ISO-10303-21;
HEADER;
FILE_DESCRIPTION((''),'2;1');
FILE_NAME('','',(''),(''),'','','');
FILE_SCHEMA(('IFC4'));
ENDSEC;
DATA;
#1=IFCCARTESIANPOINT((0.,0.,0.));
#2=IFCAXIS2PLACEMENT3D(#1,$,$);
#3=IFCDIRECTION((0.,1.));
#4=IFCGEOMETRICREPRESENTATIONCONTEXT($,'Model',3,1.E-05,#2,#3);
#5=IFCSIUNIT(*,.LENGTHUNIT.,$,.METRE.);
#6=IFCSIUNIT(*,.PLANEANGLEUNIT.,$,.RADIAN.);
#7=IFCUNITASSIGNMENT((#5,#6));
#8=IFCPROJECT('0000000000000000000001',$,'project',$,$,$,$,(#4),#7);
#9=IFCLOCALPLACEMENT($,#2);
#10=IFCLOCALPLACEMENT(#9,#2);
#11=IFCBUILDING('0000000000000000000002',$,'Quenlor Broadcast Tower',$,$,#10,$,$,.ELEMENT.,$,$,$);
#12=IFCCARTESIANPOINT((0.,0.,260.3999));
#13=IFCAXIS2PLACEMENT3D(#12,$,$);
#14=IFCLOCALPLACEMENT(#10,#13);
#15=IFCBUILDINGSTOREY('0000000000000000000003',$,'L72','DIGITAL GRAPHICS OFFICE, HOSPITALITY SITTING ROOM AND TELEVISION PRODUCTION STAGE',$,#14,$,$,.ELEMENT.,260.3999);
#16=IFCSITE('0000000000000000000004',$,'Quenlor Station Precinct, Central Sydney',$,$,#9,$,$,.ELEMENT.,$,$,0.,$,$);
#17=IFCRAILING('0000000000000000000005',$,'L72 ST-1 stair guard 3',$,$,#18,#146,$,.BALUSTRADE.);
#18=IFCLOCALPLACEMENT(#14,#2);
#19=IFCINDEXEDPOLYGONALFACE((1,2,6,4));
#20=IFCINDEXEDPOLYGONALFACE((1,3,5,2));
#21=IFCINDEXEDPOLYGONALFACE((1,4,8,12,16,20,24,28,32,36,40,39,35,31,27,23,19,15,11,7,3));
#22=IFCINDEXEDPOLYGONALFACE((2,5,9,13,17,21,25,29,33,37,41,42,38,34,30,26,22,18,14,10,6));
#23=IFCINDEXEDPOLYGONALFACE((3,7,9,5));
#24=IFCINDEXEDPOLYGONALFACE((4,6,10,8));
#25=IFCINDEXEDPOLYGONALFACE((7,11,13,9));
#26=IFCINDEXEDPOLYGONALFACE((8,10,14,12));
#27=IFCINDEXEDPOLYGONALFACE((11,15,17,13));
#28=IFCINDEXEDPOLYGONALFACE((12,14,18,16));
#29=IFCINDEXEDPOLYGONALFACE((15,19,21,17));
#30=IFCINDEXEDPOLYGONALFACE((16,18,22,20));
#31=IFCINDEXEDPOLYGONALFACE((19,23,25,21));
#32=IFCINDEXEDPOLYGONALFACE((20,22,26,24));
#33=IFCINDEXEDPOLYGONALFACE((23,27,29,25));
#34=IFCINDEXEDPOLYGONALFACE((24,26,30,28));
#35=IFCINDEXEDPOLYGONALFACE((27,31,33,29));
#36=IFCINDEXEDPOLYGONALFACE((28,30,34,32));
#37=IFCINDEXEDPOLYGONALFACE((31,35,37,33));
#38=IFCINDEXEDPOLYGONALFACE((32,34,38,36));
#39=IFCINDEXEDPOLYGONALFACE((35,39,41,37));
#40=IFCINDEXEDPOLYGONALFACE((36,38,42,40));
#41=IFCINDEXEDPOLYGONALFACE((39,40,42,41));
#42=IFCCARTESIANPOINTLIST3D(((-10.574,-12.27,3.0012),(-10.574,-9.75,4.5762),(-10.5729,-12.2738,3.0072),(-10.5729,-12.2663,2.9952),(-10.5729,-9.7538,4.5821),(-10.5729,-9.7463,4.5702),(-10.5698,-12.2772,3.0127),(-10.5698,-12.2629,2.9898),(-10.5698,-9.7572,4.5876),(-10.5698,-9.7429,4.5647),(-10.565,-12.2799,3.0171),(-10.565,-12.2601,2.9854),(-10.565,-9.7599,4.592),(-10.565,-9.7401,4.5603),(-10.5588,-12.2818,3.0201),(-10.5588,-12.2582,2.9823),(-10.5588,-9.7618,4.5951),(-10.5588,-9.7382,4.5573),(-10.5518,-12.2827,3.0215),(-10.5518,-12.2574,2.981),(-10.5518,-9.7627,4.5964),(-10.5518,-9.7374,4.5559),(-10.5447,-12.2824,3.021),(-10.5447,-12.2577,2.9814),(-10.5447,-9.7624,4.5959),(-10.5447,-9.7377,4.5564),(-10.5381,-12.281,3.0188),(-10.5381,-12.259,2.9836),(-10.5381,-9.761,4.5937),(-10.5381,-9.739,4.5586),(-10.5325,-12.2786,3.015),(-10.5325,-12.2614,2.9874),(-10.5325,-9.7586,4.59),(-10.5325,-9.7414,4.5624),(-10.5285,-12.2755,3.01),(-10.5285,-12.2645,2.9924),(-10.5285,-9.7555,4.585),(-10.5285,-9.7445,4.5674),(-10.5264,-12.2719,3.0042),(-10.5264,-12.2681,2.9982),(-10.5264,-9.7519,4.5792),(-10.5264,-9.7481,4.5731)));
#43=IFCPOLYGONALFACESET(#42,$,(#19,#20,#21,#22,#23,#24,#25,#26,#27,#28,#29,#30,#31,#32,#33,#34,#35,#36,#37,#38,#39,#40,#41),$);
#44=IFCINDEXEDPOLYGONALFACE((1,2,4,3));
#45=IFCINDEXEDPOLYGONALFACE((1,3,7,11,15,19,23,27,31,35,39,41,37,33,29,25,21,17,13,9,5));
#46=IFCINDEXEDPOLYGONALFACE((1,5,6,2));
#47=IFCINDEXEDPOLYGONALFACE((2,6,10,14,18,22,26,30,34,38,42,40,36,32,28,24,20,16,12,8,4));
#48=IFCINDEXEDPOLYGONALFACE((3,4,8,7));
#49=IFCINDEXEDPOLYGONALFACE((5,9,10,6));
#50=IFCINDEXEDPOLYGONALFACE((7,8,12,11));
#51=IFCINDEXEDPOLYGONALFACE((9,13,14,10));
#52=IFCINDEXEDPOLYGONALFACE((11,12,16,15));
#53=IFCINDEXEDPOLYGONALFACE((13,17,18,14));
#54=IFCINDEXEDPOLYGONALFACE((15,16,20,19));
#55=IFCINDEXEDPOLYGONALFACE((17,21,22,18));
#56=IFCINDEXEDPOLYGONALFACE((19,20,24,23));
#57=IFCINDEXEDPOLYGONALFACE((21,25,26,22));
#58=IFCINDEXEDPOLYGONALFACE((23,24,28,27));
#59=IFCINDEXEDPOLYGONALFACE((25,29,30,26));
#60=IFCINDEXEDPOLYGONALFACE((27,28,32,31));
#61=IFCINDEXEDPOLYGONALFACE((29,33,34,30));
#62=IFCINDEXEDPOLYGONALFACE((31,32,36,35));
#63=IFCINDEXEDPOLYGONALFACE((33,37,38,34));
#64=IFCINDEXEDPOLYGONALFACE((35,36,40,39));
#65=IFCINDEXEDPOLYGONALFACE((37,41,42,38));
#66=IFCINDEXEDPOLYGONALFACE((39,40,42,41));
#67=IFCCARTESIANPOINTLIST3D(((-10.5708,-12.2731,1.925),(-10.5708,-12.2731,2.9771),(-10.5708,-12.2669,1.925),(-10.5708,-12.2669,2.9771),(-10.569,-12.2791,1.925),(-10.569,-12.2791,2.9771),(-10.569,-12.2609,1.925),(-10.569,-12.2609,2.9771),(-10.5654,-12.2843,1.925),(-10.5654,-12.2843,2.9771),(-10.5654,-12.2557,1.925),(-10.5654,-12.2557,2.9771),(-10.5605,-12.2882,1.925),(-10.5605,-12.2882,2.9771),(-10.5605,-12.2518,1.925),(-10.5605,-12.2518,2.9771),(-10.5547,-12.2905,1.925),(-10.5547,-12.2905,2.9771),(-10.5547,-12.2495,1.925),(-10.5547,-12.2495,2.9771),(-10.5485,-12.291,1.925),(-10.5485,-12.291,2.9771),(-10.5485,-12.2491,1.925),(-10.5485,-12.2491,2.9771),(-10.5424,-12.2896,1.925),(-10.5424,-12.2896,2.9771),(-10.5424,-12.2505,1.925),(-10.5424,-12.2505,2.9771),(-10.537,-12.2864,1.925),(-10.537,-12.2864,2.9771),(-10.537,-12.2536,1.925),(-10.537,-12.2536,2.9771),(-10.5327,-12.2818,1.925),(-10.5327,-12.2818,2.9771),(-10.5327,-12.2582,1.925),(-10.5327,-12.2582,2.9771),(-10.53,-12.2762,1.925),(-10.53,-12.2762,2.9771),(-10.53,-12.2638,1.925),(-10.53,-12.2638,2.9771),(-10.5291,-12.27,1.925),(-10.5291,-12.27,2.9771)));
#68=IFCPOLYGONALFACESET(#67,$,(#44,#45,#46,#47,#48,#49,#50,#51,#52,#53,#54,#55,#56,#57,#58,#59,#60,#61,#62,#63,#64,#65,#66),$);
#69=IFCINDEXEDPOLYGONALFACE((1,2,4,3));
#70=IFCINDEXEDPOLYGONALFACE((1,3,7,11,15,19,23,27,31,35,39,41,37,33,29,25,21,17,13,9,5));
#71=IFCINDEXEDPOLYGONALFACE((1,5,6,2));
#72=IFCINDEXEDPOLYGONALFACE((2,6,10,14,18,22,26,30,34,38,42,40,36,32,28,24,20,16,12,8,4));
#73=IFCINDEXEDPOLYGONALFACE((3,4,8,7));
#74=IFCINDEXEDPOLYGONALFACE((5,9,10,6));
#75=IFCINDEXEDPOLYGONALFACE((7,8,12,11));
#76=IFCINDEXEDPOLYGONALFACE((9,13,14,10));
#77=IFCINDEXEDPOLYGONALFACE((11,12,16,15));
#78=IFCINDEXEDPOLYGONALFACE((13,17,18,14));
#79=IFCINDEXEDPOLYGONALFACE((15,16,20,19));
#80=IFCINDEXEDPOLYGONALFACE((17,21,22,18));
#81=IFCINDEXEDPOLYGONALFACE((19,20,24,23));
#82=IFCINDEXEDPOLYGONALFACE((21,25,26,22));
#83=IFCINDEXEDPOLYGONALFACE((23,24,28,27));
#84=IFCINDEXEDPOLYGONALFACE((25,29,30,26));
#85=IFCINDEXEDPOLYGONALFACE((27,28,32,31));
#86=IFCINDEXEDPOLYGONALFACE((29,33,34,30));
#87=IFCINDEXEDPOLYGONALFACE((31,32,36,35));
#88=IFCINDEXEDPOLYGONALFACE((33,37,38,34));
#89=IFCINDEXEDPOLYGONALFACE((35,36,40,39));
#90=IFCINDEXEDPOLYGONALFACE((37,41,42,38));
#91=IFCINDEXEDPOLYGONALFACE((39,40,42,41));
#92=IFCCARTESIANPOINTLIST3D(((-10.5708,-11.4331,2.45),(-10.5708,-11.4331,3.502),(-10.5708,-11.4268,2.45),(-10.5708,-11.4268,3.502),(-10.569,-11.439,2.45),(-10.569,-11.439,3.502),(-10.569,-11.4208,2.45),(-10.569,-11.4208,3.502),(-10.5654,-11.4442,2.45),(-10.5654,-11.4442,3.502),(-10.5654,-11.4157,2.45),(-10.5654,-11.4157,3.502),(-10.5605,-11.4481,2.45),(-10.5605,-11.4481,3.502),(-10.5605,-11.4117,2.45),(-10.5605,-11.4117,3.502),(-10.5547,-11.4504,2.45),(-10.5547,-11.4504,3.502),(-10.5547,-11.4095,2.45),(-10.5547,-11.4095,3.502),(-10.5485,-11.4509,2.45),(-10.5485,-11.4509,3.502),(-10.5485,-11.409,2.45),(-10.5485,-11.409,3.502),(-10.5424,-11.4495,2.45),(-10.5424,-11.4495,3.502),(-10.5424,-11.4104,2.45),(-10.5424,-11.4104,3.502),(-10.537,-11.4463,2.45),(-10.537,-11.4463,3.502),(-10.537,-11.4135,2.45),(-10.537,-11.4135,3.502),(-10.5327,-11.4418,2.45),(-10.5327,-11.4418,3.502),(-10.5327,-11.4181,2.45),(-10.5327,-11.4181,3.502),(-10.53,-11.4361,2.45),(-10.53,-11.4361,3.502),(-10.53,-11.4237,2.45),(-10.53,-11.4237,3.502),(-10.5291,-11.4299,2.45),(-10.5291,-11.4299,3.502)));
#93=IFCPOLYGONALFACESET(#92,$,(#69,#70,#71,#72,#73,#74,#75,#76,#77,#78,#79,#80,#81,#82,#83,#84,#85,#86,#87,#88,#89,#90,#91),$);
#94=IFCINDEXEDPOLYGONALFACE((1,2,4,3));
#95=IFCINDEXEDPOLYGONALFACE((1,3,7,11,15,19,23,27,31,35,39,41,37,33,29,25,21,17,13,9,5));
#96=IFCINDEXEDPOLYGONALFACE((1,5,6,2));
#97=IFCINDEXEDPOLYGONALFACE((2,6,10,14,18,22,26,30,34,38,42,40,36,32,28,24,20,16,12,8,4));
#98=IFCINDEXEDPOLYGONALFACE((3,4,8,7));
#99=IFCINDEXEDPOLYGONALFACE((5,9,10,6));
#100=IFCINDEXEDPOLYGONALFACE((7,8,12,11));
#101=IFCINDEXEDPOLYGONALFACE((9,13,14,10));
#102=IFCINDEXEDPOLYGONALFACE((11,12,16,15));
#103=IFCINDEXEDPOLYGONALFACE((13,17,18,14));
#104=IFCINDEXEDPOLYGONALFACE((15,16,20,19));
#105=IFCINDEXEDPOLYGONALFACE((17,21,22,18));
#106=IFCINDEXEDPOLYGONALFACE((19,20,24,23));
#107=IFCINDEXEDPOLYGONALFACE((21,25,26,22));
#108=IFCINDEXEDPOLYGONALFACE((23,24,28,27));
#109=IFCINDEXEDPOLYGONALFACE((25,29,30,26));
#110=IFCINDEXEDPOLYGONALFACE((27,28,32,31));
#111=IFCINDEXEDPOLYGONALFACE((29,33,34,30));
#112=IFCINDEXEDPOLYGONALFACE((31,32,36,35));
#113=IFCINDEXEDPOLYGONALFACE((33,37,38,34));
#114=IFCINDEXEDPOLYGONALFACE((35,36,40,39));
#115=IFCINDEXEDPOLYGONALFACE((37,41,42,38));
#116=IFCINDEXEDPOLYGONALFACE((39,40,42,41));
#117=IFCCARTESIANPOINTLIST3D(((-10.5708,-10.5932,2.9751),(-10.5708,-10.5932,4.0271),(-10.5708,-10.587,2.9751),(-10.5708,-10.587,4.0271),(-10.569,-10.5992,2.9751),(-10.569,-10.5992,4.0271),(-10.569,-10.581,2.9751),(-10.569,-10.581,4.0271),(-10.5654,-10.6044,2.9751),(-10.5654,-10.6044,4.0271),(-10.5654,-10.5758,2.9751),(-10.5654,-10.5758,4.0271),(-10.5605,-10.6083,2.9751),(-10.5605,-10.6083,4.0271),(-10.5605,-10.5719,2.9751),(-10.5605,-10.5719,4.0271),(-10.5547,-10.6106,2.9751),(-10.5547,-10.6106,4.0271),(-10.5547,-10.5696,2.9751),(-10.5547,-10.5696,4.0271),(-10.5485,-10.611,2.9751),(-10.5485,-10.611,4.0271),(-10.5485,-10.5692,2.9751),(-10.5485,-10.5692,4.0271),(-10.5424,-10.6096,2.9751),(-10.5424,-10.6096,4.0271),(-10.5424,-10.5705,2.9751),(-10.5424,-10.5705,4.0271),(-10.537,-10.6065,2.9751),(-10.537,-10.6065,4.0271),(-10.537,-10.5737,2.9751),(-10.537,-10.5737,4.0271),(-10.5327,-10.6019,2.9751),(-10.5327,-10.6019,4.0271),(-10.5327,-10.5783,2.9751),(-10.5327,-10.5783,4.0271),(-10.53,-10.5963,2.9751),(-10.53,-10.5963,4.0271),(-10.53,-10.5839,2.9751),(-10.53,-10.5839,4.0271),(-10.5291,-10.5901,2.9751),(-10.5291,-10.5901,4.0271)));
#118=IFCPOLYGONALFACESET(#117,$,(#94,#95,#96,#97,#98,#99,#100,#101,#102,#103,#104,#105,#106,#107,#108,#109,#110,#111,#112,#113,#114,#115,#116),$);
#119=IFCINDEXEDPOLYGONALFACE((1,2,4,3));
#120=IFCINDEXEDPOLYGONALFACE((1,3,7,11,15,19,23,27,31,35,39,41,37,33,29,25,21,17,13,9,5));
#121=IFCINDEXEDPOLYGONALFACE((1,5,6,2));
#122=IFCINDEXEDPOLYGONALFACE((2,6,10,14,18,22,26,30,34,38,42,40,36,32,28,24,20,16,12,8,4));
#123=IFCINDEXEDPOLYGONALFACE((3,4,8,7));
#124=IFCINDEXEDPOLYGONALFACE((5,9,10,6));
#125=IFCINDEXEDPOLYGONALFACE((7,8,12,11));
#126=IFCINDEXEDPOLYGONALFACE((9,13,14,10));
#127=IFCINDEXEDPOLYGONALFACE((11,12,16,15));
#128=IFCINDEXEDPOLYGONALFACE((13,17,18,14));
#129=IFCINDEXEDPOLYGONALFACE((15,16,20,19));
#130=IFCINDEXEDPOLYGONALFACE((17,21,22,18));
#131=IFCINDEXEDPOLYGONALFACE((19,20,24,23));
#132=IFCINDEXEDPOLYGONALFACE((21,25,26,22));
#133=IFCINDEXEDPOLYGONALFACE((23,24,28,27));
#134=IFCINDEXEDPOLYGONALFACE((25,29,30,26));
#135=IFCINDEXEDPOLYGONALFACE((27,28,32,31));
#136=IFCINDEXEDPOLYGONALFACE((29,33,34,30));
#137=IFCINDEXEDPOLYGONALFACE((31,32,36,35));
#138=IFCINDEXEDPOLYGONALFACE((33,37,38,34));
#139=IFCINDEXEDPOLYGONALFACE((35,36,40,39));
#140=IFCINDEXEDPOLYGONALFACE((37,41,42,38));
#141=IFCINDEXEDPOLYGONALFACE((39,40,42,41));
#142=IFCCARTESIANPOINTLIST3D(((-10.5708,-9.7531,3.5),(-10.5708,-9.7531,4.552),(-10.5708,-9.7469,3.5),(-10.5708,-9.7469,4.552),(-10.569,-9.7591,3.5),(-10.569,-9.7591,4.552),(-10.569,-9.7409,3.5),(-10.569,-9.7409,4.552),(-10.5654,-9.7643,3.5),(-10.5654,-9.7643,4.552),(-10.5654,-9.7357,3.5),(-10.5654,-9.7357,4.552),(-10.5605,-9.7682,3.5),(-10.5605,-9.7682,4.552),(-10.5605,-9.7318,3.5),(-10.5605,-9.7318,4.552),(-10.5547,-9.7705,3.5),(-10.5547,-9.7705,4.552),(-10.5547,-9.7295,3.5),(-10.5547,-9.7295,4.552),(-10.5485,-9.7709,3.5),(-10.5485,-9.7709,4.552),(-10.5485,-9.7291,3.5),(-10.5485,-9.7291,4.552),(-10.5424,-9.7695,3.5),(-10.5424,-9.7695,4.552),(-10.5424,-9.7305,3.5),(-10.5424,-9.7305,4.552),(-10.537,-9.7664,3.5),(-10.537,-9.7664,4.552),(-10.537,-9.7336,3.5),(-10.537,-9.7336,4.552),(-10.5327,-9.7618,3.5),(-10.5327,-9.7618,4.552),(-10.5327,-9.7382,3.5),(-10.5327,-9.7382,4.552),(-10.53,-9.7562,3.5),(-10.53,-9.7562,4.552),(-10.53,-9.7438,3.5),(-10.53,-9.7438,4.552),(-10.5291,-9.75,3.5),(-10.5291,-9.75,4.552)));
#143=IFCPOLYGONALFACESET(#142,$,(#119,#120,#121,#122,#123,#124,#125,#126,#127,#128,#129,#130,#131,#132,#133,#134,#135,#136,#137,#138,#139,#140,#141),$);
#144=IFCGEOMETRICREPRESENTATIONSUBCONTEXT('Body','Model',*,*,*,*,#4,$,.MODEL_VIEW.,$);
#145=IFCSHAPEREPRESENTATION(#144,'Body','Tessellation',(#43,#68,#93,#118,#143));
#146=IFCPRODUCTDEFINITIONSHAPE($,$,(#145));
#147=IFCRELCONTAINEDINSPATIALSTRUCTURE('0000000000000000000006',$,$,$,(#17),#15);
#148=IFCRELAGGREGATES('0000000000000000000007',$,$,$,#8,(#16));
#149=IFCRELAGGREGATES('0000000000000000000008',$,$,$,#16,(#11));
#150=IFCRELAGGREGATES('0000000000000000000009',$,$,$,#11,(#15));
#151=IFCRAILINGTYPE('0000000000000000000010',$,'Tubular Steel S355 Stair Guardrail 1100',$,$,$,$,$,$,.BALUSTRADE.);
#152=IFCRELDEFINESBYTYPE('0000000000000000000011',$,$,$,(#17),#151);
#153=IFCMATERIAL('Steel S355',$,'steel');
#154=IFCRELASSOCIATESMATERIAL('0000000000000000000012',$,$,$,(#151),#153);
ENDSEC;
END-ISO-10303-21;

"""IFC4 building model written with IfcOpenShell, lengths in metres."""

from ifc_helpers import new_model, si_unit, direction, frame, origin, origin_2d, place, context, subcontext, project, spatial, circle, extrude, material, type_object, element, save


model = new_model("IFC4")

# Units and contexts
model_context = context("Model", 3, precision=1e-05, world=origin(), true_north=direction((0.0, 1.0)))
body_context = subcontext(model_context, "Body", "Model", "MODEL_VIEW")
ifc_project = project(units=[si_unit("LENGTHUNIT", "METRE"), si_unit("PLANEANGLEUNIT", "RADIAN")], contexts=[model_context])

# Site, building, storey
site_placement = place(None, origin())
site = spatial("IfcSite", under=ifc_project, at=site_placement, Name="Quenlor Station Precinct, Central Sydney", CompositionType="ELEMENT", RefElevation=0.0)
building_placement = place(site_placement, origin())
building = spatial("IfcBuilding", under=site, at=building_placement, Name="Quenlor Broadcast Tower", CompositionType="ELEMENT")
storey_placement = place(building_placement, frame((0.0, 0.0, 260.3999)))
storey = spatial("IfcBuildingStorey", under=building, at=storey_placement, Name="L72", Description="DIGITAL GRAPHICS OFFICE, HOSPITALITY SITTING ROOM AND TELEVISION PRODUCTION STAGE", CompositionType="ELEMENT", Elevation=260.3999)

# Railing
ifc_material_1 = material(Name="Steel S355", Category="steel")
railing_type_1 = type_object("IfcRailingType", Name="Tubular Steel S355 Stair Guardrail 1100", PredefinedType="BALUSTRADE", material=ifc_material_1)
railing_1_placement = place(storey_placement, frame((-10.55, -12.27, 1.925)))
element("IfcRailing", 1, at=railing_1_placement, inside=storey, type_object=railing_type_1, Name="L72 ST-1 stair guard 3", PredefinedType="BALUSTRADE", context=body_context, shape_type="SweptSolid", body=[
    extrude(circle(Radius=0.0239, at=origin_2d()), frame((0.0, 0.0, 1.0762), z_axis=(0.0, 0.848008, 0.529984), x_axis=(-1.0, 0.0, 0.0)), (0.0, 0.0, 1.0), 2.9717),
    extrude(circle(Radius=0.021, at=origin_2d()), origin(), (0.0, 0.0, 1.0), 1.052),
    extrude(circle(Radius=0.021, at=origin_2d()), frame((0.0, 0.8401, 0.5249)), (0.0, 0.0, 1.0), 1.052),
    extrude(circle(Radius=0.021, at=origin_2d()), frame((0.0, 1.6799, 1.05)), (0.0, 0.0, 1.0), 1.052),
    extrude(circle(Radius=0.021, at=origin_2d()), frame((0.0, 2.52, 1.575)), (0.0, 0.0, 1.0), 1.052),
])

save(model, "model.ifc")
